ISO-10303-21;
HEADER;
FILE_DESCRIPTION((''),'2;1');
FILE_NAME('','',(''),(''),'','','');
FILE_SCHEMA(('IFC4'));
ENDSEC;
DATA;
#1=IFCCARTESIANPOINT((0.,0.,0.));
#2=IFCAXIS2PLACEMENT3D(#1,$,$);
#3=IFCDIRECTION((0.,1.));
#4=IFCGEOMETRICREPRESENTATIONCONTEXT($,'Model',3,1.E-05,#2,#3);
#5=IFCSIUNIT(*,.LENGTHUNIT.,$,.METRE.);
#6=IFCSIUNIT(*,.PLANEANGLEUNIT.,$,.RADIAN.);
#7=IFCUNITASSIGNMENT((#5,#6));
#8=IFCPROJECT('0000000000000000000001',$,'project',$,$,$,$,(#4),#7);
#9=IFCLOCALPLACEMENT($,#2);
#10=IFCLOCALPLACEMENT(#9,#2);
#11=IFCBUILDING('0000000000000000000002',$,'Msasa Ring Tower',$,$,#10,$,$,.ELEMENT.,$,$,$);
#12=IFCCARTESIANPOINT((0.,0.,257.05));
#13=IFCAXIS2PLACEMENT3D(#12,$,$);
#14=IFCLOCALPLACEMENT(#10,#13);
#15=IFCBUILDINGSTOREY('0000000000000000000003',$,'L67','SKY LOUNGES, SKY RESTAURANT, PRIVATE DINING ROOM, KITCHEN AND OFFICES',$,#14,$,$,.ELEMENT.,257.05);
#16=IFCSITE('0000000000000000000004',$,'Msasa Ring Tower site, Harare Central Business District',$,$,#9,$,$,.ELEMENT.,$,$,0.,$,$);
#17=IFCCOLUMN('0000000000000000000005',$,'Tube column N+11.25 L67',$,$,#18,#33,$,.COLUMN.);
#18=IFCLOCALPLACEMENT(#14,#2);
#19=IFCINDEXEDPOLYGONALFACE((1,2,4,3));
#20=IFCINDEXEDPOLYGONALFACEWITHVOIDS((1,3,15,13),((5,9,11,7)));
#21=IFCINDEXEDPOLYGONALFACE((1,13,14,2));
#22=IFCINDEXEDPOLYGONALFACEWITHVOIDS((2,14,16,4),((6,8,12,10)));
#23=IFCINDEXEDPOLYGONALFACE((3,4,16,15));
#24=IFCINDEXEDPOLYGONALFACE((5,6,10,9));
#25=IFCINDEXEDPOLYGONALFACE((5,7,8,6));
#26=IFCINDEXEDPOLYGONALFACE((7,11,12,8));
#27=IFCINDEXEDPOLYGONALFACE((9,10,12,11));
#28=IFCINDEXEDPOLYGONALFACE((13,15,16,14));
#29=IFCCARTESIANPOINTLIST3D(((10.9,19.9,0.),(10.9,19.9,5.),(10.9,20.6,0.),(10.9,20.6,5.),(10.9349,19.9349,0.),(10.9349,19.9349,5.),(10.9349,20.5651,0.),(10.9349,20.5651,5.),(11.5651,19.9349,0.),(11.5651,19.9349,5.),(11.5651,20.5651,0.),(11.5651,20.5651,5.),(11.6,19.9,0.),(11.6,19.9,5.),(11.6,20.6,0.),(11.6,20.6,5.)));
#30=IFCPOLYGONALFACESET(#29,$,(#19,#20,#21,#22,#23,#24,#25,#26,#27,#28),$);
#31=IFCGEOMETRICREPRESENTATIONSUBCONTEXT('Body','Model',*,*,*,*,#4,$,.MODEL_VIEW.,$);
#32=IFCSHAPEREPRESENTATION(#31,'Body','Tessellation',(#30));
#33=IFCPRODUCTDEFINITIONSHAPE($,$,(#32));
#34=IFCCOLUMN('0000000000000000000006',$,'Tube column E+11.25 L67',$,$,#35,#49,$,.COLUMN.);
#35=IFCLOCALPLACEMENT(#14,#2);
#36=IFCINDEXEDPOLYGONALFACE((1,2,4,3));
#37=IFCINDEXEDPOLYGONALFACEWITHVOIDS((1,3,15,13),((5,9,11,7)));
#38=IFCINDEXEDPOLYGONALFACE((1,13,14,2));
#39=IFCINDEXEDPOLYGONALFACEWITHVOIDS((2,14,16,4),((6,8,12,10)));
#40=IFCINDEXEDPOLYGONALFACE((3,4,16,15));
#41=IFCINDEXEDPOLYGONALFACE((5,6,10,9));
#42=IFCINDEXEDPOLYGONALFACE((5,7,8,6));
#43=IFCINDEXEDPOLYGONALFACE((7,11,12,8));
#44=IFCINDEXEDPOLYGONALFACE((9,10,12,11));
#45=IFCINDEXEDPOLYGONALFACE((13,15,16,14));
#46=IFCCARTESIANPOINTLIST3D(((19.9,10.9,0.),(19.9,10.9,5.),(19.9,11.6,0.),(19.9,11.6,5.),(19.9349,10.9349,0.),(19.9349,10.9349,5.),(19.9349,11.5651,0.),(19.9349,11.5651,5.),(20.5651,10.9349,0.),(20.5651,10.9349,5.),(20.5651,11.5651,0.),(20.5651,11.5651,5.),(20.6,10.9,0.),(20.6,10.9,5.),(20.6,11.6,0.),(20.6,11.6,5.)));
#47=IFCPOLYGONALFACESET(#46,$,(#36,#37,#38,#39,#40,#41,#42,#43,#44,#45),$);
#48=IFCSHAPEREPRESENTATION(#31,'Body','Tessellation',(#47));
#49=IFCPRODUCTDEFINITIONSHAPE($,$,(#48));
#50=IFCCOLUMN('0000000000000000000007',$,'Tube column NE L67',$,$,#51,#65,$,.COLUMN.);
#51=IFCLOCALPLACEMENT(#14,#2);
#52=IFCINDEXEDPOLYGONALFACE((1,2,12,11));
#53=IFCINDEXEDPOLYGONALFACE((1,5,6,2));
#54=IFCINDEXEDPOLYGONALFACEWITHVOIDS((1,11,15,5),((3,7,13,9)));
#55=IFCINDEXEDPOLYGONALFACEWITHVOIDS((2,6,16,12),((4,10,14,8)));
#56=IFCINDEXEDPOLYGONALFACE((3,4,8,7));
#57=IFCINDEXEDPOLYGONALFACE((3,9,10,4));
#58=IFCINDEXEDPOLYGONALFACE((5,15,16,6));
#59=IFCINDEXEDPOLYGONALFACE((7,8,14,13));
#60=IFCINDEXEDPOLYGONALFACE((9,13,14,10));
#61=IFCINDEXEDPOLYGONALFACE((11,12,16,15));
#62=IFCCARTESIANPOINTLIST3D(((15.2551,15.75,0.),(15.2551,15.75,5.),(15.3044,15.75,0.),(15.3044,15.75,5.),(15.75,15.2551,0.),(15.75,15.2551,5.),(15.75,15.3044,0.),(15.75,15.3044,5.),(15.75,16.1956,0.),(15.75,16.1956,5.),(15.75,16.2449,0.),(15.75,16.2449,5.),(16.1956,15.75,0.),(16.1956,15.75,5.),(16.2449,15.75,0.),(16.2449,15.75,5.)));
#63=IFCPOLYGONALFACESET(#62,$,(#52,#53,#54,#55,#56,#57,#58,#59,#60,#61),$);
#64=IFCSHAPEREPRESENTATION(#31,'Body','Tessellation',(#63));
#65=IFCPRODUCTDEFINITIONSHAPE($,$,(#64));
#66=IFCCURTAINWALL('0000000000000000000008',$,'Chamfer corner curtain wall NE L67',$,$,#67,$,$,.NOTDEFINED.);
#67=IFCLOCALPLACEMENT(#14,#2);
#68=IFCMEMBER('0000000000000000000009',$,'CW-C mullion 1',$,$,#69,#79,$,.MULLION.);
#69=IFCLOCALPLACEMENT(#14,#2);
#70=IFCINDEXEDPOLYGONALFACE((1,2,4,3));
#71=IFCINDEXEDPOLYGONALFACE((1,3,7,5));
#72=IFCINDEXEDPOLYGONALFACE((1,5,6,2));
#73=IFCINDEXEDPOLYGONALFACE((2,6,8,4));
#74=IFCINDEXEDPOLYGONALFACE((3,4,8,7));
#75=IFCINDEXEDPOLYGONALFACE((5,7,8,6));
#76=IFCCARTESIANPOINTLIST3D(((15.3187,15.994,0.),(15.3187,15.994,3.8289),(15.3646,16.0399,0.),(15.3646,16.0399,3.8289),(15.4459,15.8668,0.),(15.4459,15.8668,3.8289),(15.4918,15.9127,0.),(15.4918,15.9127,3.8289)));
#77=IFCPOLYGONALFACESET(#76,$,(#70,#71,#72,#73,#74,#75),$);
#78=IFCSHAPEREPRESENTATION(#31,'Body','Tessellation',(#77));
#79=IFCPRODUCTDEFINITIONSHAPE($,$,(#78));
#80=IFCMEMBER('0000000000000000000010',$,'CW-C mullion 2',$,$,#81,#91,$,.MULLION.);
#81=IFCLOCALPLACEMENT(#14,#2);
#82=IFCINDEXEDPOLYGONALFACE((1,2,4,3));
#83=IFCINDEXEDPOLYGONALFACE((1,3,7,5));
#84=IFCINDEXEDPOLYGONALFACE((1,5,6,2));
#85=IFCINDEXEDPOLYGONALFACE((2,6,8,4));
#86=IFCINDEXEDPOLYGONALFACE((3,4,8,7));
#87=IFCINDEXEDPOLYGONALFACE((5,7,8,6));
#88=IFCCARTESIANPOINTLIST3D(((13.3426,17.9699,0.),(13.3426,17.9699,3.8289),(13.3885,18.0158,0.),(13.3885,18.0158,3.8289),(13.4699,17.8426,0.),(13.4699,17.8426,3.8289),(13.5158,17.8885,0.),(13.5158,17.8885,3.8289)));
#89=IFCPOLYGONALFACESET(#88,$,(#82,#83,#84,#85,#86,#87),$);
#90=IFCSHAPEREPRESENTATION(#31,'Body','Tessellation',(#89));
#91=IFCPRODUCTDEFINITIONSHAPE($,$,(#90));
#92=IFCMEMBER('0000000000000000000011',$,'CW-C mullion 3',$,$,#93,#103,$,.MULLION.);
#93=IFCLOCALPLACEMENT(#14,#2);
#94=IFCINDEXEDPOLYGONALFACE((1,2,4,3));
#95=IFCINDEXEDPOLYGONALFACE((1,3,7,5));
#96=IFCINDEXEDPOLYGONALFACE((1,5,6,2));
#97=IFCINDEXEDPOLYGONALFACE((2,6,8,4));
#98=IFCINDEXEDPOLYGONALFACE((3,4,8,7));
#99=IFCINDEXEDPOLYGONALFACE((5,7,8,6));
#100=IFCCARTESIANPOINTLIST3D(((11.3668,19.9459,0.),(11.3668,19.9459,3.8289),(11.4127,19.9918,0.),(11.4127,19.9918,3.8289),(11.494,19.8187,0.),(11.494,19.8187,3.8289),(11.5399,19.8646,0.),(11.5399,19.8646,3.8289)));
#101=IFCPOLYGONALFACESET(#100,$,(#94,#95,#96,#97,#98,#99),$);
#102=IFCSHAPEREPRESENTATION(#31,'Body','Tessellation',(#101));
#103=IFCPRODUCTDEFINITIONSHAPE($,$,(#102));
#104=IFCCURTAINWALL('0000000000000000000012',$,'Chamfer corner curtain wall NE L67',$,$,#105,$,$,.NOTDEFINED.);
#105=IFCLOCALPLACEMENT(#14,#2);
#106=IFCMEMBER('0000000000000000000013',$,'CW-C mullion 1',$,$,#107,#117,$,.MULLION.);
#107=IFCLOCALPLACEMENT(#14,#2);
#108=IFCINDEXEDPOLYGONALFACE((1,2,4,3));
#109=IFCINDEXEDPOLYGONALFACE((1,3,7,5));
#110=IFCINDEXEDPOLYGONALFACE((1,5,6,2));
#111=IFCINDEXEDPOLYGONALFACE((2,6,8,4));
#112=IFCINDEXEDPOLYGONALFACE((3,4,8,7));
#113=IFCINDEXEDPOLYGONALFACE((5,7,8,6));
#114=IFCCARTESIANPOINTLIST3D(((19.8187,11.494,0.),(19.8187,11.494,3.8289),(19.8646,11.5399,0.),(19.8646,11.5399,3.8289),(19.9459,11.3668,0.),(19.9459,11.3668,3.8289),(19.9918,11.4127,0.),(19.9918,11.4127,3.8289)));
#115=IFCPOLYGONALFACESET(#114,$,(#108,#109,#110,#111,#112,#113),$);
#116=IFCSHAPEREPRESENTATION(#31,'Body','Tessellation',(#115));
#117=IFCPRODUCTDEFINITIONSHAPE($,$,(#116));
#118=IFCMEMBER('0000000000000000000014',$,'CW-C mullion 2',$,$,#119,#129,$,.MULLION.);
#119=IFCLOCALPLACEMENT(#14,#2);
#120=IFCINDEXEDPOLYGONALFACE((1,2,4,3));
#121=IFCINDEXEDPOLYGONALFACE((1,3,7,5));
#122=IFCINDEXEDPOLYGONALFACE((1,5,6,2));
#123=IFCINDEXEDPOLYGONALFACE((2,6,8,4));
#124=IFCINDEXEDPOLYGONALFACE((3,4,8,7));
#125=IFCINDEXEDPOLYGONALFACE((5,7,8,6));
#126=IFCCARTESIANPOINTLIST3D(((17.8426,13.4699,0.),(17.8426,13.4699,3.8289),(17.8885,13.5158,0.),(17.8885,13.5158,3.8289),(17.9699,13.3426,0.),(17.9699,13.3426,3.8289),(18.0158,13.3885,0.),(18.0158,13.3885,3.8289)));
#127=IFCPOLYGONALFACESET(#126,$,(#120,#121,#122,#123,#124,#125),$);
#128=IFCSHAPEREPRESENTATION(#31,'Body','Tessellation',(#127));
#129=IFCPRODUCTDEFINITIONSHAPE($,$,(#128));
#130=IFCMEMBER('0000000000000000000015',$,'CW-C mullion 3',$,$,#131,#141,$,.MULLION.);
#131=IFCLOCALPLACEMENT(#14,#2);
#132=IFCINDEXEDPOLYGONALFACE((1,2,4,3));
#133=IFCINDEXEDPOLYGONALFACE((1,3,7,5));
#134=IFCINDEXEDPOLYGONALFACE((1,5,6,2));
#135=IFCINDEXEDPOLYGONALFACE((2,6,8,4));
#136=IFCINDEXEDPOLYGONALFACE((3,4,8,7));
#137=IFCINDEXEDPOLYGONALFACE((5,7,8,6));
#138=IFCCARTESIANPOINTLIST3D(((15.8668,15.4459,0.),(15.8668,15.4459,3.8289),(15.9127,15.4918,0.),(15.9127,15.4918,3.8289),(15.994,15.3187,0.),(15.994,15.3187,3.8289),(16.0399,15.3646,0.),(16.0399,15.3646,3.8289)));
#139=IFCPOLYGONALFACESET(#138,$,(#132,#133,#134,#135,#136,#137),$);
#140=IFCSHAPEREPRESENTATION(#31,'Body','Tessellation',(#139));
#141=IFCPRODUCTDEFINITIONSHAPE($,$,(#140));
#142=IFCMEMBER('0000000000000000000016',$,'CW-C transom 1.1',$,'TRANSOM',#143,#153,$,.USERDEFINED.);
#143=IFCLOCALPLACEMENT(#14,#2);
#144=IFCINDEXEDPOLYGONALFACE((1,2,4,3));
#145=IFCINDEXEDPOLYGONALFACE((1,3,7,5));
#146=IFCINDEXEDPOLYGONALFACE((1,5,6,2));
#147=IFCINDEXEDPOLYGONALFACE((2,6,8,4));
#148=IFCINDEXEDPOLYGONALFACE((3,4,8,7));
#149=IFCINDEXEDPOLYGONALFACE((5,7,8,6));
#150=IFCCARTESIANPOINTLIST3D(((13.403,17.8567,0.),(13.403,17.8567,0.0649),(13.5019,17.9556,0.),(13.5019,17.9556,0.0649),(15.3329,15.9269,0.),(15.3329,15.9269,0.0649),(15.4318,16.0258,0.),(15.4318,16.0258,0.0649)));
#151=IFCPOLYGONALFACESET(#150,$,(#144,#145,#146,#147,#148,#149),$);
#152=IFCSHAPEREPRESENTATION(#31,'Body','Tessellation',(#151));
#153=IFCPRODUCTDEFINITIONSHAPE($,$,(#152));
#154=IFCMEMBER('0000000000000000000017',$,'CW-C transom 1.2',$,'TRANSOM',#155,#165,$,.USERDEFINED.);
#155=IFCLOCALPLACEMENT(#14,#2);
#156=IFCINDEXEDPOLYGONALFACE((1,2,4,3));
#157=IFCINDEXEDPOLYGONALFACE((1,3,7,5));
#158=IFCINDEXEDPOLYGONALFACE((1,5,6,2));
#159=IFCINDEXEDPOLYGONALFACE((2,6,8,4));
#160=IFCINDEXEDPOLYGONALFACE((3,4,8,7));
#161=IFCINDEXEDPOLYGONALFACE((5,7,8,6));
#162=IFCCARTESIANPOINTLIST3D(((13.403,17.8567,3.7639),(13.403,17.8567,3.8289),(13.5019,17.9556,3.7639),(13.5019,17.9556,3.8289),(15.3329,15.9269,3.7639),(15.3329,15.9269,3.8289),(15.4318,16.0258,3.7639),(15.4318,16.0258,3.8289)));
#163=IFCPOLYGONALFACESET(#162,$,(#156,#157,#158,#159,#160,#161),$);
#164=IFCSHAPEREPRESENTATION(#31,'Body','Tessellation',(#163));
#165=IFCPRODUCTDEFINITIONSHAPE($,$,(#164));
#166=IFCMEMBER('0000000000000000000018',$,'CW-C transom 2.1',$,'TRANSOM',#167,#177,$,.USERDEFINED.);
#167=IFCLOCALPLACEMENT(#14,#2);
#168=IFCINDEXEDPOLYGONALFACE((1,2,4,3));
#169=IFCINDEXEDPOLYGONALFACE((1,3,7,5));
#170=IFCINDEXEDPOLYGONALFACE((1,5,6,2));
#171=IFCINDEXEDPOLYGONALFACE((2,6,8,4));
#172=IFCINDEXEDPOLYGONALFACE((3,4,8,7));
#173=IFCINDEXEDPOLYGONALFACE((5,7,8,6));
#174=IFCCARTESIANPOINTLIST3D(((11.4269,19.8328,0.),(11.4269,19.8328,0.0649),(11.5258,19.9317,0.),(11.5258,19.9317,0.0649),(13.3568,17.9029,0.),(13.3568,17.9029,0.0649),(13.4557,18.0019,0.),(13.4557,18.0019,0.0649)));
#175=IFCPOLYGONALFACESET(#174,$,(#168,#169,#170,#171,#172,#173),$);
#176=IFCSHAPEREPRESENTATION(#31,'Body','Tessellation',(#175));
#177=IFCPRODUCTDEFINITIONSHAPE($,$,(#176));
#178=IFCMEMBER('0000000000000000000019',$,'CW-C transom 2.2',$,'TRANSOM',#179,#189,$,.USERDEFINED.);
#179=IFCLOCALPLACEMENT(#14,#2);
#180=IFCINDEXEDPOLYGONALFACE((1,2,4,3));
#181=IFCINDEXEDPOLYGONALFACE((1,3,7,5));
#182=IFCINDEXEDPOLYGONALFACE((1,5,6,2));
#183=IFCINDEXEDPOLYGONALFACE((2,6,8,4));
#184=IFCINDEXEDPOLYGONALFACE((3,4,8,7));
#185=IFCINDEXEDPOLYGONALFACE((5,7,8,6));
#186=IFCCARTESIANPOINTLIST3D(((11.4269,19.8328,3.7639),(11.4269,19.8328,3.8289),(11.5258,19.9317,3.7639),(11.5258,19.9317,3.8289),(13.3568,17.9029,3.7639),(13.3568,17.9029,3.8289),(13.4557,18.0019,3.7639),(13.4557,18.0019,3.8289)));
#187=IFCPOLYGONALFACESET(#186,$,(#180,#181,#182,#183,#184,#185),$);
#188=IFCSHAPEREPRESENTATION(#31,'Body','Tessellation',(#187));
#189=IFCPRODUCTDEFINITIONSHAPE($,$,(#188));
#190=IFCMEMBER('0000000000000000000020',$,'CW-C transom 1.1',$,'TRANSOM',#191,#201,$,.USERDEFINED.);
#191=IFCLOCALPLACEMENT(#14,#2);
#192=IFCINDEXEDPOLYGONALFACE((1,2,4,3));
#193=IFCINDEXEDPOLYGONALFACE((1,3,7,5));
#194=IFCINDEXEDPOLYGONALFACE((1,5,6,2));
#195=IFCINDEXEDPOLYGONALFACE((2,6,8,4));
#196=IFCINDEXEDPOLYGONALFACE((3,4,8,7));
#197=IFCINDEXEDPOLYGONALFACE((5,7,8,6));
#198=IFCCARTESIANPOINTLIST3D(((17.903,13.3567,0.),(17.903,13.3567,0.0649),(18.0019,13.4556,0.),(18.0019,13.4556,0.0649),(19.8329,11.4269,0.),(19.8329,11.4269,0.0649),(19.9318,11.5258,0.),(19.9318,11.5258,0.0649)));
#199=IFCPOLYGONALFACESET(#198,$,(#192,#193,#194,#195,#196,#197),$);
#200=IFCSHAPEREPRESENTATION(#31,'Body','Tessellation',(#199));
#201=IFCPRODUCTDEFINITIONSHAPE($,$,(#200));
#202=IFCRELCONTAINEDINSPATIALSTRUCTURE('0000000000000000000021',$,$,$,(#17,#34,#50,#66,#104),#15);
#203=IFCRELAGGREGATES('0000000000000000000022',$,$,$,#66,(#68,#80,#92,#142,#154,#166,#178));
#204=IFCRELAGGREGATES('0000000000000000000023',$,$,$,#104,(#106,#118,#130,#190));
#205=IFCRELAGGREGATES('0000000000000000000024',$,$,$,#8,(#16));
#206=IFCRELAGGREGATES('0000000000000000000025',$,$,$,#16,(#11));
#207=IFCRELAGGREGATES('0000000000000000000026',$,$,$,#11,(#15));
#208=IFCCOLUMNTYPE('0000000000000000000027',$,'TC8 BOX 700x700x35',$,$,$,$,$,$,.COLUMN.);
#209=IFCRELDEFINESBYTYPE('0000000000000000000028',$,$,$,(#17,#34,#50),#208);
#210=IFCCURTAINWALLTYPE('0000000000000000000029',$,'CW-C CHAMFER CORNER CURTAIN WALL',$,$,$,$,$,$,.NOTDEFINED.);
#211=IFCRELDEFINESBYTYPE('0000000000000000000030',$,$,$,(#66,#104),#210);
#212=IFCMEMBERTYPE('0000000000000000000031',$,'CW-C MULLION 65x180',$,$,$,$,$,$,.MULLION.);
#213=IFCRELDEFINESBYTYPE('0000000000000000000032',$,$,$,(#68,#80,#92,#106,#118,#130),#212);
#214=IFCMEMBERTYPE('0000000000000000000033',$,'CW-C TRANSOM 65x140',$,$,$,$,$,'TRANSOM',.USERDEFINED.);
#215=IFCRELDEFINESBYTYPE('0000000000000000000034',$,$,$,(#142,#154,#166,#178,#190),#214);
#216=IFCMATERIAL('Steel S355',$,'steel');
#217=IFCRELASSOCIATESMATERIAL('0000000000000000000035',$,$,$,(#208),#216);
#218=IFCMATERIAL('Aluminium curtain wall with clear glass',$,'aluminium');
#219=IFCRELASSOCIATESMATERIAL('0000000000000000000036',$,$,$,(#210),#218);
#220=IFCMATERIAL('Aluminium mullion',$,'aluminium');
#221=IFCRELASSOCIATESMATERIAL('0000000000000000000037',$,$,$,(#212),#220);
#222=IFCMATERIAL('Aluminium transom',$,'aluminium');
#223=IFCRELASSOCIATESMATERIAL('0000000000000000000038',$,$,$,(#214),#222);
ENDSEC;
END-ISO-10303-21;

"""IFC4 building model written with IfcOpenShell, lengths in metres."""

from ifc_helpers import new_model, si_unit, direction, frame, origin, origin_2d, place, context, subcontext, project, spatial, rectangle, hollow_rectangle, extrude, material, material_profile, profile_set, type_object, element, aggregate, save


model = new_model("IFC4")

# Units and contexts
model_context = context("Model", 3, precision=1e-05, world=origin(), true_north=direction((0.0, 1.0)))
body_context = subcontext(model_context, "Body", "Model", "MODEL_VIEW")
ifc_project = project(units=[si_unit("LENGTHUNIT", "METRE"), si_unit("PLANEANGLEUNIT", "RADIAN")], contexts=[model_context])

# Site, building, storey
site_placement = place(None, origin())
site = spatial("IfcSite", under=ifc_project, at=site_placement, Name="Msasa Ring Tower site, Harare Central Business District", CompositionType="ELEMENT", RefElevation=0.0)
building_placement = place(site_placement, origin())
building = spatial("IfcBuilding", under=site, at=building_placement, Name="Msasa Ring Tower", CompositionType="ELEMENT")
storey_placement = place(building_placement, frame((0.0, 0.0, 257.05)))
storey = spatial("IfcBuildingStorey", under=building, at=storey_placement, Name="L67", Description="SKY LOUNGES, SKY RESTAURANT, PRIVATE DINING ROOM, KITCHEN AND OFFICES", CompositionType="ELEMENT", Elevation=257.05)

# Columns
ifc_material_1 = material(Name="Steel S355", Category="steel")
ifc_material_profile_1 = material_profile(ifc_material_1, hollow_rectangle(XDim=0.7, YDim=0.7, WallThickness=0.0349, at=origin_2d()), Name="BOX 700x700x35")
ifc_profile_set_1 = profile_set([ifc_material_profile_1], Name="Steel S355")
column_type = type_object("IfcColumnType", Name="TC8 BOX 700x700x35", PredefinedType="COLUMN", material=ifc_profile_set_1)
for number, where, z_axis, x_axis, name in (
    (1, (11.25, 20.25, 0.0), (0.0, 0.0, 1.0), (0.0, 1.0, 0.0), "Tube column N+11.25 L67"),
    (2, (20.25, 11.25, 0.0), (0.0, 0.0, 1.0), (1.0, 0.0, 0.0), "Tube column E+11.25 L67"),
    (3, (15.75, 15.75, 0.0), (0.0, 0.0, 1.0), (0.707107, 0.707107, 0.0), "Tube column NE L67"),
):
    element("IfcColumn", number, at=place(storey_placement, frame(where, z_axis=z_axis, x_axis=x_axis)), inside=storey, type_object=column_type, Name=name, PredefinedType="COLUMN", context=body_context, shape_type="SweptSolid", body=[
        extrude(hollow_rectangle(XDim=0.7, YDim=0.7, WallThickness=0.0349, at=origin_2d()), origin(), (0.0, 0.0, 1.0), 5.0),
    ])

# Curtain walls, members
ifc_material_2 = material(Name="Aluminium curtain wall with clear glass", Category="aluminium")
curtain_wall_type_1 = type_object("IfcCurtainWallType", Name="CW-C CHAMFER CORNER CURTAIN WALL", PredefinedType="NOTDEFINED", material=ifc_material_2)
curtain_wall_1_placement = place(storey_placement, origin())
curtain_wall_1 = element("IfcCurtainWall", 4, at=curtain_wall_1_placement, inside=storey, type_object=curtain_wall_type_1, Name="Chamfer corner curtain wall NE L67", PredefinedType="NOTDEFINED")
ifc_material_3 = material(Name="Aluminium mullion", Category="aluminium")
ifc_material_profile_2 = material_profile(ifc_material_3, rectangle(XDim=0.0649, YDim=0.1799, at=origin_2d()), Name="AL 65x180")
ifc_profile_set_2 = profile_set([ifc_material_profile_2], Name="Aluminium mullion")
member_type_1 = type_object("IfcMemberType", Name="CW-C MULLION 65x180", PredefinedType="MULLION", material=ifc_profile_set_2)
member_1_placement = place(storey_placement, frame((15.4053, 15.9534, 0.0), z_axis=(0.0, 0.0, 1.0), x_axis=(-0.707107, -0.707107, 0.0)))
member_1 = element("IfcMember", 5, at=member_1_placement, type_object=member_type_1, Name="CW-C mullion 1", PredefinedType="MULLION", context=body_context, shape_type="SweptSolid", body=[
    extrude(rectangle(XDim=0.0649, YDim=0.1799, at=origin_2d()), origin(), (0.0, 0.0, 1.0), 3.8289),
])
member_2_placement = place(storey_placement, frame((13.4292, 17.9292, 0.0), z_axis=(0.0, 0.0, 1.0), x_axis=(-0.707107, -0.707107, 0.0)))
member_2 = element("IfcMember", 6, at=member_2_placement, type_object=member_type_1, Name="CW-C mullion 2", PredefinedType="MULLION", context=body_context, shape_type="SweptSolid", body=[
    extrude(rectangle(XDim=0.0649, YDim=0.1799, at=origin_2d()), origin(), (0.0, 0.0, 1.0), 3.8289),
])
member_3_placement = place(storey_placement, frame((11.4534, 19.9053, 0.0), z_axis=(0.0, 0.0, 1.0), x_axis=(-0.707107, -0.707107, 0.0)))
member_3 = element("IfcMember", 7, at=member_3_placement, type_object=member_type_1, Name="CW-C mullion 3", PredefinedType="MULLION", context=body_context, shape_type="SweptSolid", body=[
    extrude(rectangle(XDim=0.0649, YDim=0.1799, at=origin_2d()), origin(), (0.0, 0.0, 1.0), 3.8289),
])
curtain_wall_2_placement = place(storey_placement, origin())
curtain_wall_2 = element("IfcCurtainWall", 8, at=curtain_wall_2_placement, inside=storey, type_object=curtain_wall_type_1, Name="Chamfer corner curtain wall NE L67", PredefinedType="NOTDEFINED")
member_4_placement = place(storey_placement, frame((19.9053, 11.4534, 0.0), z_axis=(0.0, 0.0, 1.0), x_axis=(-0.707107, -0.707107, 0.0)))
member_4 = element("IfcMember", 9, at=member_4_placement, type_object=member_type_1, Name="CW-C mullion 1", PredefinedType="MULLION", context=body_context, shape_type="SweptSolid", body=[
    extrude(rectangle(XDim=0.0649, YDim=0.1799, at=origin_2d()), origin(), (0.0, 0.0, 1.0), 3.8289),
])
member_5_placement = place(storey_placement, frame((17.9292, 13.4292, 0.0), z_axis=(0.0, 0.0, 1.0), x_axis=(-0.707107, -0.707107, 0.0)))
member_5 = element("IfcMember", 10, at=member_5_placement, type_object=member_type_1, Name="CW-C mullion 2", PredefinedType="MULLION", context=body_context, shape_type="SweptSolid", body=[
    extrude(rectangle(XDim=0.0649, YDim=0.1799, at=origin_2d()), origin(), (0.0, 0.0, 1.0), 3.8289),
])
member_6_placement = place(storey_placement, frame((15.9534, 15.4053, 0.0), z_axis=(0.0, 0.0, 1.0), x_axis=(-0.707107, -0.707107, 0.0)))
member_6 = element("IfcMember", 11, at=member_6_placement, type_object=member_type_1, Name="CW-C mullion 3", PredefinedType="MULLION", context=body_context, shape_type="SweptSolid", body=[
    extrude(rectangle(XDim=0.0649, YDim=0.1799, at=origin_2d()), origin(), (0.0, 0.0, 1.0), 3.8289),
])

# Members
ifc_material_4 = material(Name="Aluminium transom", Category="aluminium")
ifc_material_profile_3 = material_profile(ifc_material_4, rectangle(XDim=0.1399, YDim=0.0649, at=origin_2d()), Name="AL 65x140")
ifc_profile_set_3 = profile_set([ifc_material_profile_3], Name="Aluminium transom")
member_type_2 = type_object("IfcMemberType", Name="CW-C TRANSOM 65x140", ElementType="TRANSOM", PredefinedType="USERDEFINED", material=ifc_profile_set_3)
member_7_placement = place(storey_placement, frame((15.3823, 15.9763, 0.0325), z_axis=(-0.707107, 0.707107, 0.0), x_axis=(-0.707107, -0.707107, 0.0)))
member_7 = element("IfcMember", 12, at=member_7_placement, type_object=member_type_2, Name="CW-C transom 1.1", ObjectType="TRANSOM", PredefinedType="USERDEFINED", context=body_context, shape_type="SweptSolid", body=[
    extrude(rectangle(XDim=0.1399, YDim=0.0649, at=origin_2d()), origin(), (0.0, 0.0, 1.0), 2.7292),
])
member_8_placement = place(storey_placement, frame((15.3823, 15.9763, 3.7964), z_axis=(-0.707107, 0.707107, 0.0), x_axis=(-0.707107, -0.707107, 0.0)))
member_8 = element("IfcMember", 13, at=member_8_placement, type_object=member_type_2, Name="CW-C transom 1.2", ObjectType="TRANSOM", PredefinedType="USERDEFINED", context=body_context, shape_type="SweptSolid", body=[
    extrude(rectangle(XDim=0.1399, YDim=0.0649, at=origin_2d()), origin(), (0.0, 0.0, 1.0), 2.7292),
])
member_9_placement = place(storey_placement, frame((13.4062, 17.9524, 0.0325), z_axis=(-0.707107, 0.707107, 0.0), x_axis=(-0.707107, -0.707107, 0.0)))
member_9 = element("IfcMember", 14, at=member_9_placement, type_object=member_type_2, Name="CW-C transom 2.1", ObjectType="TRANSOM", PredefinedType="USERDEFINED", context=body_context, shape_type="SweptSolid", body=[
    extrude(rectangle(XDim=0.1399, YDim=0.0649, at=origin_2d()), origin(), (0.0, 0.0, 1.0), 2.7292),
])
member_10_placement = place(storey_placement, frame((13.4062, 17.9524, 3.7964), z_axis=(-0.707107, 0.707107, 0.0), x_axis=(-0.707107, -0.707107, 0.0)))
member_10 = element("IfcMember", 15, at=member_10_placement, type_object=member_type_2, Name="CW-C transom 2.2", ObjectType="TRANSOM", PredefinedType="USERDEFINED", context=body_context, shape_type="SweptSolid", body=[
    extrude(rectangle(XDim=0.1399, YDim=0.0649, at=origin_2d()), origin(), (0.0, 0.0, 1.0), 2.7292),
])
member_11_placement = place(storey_placement, frame((19.8823, 11.4763, 0.0325), z_axis=(-0.707107, 0.707107, 0.0), x_axis=(-0.707107, -0.707107, 0.0)))
member_11 = element("IfcMember", 16, at=member_11_placement, type_object=member_type_2, Name="CW-C transom 1.1", ObjectType="TRANSOM", PredefinedType="USERDEFINED", context=body_context, shape_type="SweptSolid", body=[
    extrude(rectangle(XDim=0.1399, YDim=0.0649, at=origin_2d()), origin(), (0.0, 0.0, 1.0), 2.7292),
])

aggregate(curtain_wall_1, [member_1, member_2, member_3, member_7, member_8, member_9, member_10])
aggregate(curtain_wall_2, [member_4, member_5, member_6, member_11])

save(model, "model.ifc")
